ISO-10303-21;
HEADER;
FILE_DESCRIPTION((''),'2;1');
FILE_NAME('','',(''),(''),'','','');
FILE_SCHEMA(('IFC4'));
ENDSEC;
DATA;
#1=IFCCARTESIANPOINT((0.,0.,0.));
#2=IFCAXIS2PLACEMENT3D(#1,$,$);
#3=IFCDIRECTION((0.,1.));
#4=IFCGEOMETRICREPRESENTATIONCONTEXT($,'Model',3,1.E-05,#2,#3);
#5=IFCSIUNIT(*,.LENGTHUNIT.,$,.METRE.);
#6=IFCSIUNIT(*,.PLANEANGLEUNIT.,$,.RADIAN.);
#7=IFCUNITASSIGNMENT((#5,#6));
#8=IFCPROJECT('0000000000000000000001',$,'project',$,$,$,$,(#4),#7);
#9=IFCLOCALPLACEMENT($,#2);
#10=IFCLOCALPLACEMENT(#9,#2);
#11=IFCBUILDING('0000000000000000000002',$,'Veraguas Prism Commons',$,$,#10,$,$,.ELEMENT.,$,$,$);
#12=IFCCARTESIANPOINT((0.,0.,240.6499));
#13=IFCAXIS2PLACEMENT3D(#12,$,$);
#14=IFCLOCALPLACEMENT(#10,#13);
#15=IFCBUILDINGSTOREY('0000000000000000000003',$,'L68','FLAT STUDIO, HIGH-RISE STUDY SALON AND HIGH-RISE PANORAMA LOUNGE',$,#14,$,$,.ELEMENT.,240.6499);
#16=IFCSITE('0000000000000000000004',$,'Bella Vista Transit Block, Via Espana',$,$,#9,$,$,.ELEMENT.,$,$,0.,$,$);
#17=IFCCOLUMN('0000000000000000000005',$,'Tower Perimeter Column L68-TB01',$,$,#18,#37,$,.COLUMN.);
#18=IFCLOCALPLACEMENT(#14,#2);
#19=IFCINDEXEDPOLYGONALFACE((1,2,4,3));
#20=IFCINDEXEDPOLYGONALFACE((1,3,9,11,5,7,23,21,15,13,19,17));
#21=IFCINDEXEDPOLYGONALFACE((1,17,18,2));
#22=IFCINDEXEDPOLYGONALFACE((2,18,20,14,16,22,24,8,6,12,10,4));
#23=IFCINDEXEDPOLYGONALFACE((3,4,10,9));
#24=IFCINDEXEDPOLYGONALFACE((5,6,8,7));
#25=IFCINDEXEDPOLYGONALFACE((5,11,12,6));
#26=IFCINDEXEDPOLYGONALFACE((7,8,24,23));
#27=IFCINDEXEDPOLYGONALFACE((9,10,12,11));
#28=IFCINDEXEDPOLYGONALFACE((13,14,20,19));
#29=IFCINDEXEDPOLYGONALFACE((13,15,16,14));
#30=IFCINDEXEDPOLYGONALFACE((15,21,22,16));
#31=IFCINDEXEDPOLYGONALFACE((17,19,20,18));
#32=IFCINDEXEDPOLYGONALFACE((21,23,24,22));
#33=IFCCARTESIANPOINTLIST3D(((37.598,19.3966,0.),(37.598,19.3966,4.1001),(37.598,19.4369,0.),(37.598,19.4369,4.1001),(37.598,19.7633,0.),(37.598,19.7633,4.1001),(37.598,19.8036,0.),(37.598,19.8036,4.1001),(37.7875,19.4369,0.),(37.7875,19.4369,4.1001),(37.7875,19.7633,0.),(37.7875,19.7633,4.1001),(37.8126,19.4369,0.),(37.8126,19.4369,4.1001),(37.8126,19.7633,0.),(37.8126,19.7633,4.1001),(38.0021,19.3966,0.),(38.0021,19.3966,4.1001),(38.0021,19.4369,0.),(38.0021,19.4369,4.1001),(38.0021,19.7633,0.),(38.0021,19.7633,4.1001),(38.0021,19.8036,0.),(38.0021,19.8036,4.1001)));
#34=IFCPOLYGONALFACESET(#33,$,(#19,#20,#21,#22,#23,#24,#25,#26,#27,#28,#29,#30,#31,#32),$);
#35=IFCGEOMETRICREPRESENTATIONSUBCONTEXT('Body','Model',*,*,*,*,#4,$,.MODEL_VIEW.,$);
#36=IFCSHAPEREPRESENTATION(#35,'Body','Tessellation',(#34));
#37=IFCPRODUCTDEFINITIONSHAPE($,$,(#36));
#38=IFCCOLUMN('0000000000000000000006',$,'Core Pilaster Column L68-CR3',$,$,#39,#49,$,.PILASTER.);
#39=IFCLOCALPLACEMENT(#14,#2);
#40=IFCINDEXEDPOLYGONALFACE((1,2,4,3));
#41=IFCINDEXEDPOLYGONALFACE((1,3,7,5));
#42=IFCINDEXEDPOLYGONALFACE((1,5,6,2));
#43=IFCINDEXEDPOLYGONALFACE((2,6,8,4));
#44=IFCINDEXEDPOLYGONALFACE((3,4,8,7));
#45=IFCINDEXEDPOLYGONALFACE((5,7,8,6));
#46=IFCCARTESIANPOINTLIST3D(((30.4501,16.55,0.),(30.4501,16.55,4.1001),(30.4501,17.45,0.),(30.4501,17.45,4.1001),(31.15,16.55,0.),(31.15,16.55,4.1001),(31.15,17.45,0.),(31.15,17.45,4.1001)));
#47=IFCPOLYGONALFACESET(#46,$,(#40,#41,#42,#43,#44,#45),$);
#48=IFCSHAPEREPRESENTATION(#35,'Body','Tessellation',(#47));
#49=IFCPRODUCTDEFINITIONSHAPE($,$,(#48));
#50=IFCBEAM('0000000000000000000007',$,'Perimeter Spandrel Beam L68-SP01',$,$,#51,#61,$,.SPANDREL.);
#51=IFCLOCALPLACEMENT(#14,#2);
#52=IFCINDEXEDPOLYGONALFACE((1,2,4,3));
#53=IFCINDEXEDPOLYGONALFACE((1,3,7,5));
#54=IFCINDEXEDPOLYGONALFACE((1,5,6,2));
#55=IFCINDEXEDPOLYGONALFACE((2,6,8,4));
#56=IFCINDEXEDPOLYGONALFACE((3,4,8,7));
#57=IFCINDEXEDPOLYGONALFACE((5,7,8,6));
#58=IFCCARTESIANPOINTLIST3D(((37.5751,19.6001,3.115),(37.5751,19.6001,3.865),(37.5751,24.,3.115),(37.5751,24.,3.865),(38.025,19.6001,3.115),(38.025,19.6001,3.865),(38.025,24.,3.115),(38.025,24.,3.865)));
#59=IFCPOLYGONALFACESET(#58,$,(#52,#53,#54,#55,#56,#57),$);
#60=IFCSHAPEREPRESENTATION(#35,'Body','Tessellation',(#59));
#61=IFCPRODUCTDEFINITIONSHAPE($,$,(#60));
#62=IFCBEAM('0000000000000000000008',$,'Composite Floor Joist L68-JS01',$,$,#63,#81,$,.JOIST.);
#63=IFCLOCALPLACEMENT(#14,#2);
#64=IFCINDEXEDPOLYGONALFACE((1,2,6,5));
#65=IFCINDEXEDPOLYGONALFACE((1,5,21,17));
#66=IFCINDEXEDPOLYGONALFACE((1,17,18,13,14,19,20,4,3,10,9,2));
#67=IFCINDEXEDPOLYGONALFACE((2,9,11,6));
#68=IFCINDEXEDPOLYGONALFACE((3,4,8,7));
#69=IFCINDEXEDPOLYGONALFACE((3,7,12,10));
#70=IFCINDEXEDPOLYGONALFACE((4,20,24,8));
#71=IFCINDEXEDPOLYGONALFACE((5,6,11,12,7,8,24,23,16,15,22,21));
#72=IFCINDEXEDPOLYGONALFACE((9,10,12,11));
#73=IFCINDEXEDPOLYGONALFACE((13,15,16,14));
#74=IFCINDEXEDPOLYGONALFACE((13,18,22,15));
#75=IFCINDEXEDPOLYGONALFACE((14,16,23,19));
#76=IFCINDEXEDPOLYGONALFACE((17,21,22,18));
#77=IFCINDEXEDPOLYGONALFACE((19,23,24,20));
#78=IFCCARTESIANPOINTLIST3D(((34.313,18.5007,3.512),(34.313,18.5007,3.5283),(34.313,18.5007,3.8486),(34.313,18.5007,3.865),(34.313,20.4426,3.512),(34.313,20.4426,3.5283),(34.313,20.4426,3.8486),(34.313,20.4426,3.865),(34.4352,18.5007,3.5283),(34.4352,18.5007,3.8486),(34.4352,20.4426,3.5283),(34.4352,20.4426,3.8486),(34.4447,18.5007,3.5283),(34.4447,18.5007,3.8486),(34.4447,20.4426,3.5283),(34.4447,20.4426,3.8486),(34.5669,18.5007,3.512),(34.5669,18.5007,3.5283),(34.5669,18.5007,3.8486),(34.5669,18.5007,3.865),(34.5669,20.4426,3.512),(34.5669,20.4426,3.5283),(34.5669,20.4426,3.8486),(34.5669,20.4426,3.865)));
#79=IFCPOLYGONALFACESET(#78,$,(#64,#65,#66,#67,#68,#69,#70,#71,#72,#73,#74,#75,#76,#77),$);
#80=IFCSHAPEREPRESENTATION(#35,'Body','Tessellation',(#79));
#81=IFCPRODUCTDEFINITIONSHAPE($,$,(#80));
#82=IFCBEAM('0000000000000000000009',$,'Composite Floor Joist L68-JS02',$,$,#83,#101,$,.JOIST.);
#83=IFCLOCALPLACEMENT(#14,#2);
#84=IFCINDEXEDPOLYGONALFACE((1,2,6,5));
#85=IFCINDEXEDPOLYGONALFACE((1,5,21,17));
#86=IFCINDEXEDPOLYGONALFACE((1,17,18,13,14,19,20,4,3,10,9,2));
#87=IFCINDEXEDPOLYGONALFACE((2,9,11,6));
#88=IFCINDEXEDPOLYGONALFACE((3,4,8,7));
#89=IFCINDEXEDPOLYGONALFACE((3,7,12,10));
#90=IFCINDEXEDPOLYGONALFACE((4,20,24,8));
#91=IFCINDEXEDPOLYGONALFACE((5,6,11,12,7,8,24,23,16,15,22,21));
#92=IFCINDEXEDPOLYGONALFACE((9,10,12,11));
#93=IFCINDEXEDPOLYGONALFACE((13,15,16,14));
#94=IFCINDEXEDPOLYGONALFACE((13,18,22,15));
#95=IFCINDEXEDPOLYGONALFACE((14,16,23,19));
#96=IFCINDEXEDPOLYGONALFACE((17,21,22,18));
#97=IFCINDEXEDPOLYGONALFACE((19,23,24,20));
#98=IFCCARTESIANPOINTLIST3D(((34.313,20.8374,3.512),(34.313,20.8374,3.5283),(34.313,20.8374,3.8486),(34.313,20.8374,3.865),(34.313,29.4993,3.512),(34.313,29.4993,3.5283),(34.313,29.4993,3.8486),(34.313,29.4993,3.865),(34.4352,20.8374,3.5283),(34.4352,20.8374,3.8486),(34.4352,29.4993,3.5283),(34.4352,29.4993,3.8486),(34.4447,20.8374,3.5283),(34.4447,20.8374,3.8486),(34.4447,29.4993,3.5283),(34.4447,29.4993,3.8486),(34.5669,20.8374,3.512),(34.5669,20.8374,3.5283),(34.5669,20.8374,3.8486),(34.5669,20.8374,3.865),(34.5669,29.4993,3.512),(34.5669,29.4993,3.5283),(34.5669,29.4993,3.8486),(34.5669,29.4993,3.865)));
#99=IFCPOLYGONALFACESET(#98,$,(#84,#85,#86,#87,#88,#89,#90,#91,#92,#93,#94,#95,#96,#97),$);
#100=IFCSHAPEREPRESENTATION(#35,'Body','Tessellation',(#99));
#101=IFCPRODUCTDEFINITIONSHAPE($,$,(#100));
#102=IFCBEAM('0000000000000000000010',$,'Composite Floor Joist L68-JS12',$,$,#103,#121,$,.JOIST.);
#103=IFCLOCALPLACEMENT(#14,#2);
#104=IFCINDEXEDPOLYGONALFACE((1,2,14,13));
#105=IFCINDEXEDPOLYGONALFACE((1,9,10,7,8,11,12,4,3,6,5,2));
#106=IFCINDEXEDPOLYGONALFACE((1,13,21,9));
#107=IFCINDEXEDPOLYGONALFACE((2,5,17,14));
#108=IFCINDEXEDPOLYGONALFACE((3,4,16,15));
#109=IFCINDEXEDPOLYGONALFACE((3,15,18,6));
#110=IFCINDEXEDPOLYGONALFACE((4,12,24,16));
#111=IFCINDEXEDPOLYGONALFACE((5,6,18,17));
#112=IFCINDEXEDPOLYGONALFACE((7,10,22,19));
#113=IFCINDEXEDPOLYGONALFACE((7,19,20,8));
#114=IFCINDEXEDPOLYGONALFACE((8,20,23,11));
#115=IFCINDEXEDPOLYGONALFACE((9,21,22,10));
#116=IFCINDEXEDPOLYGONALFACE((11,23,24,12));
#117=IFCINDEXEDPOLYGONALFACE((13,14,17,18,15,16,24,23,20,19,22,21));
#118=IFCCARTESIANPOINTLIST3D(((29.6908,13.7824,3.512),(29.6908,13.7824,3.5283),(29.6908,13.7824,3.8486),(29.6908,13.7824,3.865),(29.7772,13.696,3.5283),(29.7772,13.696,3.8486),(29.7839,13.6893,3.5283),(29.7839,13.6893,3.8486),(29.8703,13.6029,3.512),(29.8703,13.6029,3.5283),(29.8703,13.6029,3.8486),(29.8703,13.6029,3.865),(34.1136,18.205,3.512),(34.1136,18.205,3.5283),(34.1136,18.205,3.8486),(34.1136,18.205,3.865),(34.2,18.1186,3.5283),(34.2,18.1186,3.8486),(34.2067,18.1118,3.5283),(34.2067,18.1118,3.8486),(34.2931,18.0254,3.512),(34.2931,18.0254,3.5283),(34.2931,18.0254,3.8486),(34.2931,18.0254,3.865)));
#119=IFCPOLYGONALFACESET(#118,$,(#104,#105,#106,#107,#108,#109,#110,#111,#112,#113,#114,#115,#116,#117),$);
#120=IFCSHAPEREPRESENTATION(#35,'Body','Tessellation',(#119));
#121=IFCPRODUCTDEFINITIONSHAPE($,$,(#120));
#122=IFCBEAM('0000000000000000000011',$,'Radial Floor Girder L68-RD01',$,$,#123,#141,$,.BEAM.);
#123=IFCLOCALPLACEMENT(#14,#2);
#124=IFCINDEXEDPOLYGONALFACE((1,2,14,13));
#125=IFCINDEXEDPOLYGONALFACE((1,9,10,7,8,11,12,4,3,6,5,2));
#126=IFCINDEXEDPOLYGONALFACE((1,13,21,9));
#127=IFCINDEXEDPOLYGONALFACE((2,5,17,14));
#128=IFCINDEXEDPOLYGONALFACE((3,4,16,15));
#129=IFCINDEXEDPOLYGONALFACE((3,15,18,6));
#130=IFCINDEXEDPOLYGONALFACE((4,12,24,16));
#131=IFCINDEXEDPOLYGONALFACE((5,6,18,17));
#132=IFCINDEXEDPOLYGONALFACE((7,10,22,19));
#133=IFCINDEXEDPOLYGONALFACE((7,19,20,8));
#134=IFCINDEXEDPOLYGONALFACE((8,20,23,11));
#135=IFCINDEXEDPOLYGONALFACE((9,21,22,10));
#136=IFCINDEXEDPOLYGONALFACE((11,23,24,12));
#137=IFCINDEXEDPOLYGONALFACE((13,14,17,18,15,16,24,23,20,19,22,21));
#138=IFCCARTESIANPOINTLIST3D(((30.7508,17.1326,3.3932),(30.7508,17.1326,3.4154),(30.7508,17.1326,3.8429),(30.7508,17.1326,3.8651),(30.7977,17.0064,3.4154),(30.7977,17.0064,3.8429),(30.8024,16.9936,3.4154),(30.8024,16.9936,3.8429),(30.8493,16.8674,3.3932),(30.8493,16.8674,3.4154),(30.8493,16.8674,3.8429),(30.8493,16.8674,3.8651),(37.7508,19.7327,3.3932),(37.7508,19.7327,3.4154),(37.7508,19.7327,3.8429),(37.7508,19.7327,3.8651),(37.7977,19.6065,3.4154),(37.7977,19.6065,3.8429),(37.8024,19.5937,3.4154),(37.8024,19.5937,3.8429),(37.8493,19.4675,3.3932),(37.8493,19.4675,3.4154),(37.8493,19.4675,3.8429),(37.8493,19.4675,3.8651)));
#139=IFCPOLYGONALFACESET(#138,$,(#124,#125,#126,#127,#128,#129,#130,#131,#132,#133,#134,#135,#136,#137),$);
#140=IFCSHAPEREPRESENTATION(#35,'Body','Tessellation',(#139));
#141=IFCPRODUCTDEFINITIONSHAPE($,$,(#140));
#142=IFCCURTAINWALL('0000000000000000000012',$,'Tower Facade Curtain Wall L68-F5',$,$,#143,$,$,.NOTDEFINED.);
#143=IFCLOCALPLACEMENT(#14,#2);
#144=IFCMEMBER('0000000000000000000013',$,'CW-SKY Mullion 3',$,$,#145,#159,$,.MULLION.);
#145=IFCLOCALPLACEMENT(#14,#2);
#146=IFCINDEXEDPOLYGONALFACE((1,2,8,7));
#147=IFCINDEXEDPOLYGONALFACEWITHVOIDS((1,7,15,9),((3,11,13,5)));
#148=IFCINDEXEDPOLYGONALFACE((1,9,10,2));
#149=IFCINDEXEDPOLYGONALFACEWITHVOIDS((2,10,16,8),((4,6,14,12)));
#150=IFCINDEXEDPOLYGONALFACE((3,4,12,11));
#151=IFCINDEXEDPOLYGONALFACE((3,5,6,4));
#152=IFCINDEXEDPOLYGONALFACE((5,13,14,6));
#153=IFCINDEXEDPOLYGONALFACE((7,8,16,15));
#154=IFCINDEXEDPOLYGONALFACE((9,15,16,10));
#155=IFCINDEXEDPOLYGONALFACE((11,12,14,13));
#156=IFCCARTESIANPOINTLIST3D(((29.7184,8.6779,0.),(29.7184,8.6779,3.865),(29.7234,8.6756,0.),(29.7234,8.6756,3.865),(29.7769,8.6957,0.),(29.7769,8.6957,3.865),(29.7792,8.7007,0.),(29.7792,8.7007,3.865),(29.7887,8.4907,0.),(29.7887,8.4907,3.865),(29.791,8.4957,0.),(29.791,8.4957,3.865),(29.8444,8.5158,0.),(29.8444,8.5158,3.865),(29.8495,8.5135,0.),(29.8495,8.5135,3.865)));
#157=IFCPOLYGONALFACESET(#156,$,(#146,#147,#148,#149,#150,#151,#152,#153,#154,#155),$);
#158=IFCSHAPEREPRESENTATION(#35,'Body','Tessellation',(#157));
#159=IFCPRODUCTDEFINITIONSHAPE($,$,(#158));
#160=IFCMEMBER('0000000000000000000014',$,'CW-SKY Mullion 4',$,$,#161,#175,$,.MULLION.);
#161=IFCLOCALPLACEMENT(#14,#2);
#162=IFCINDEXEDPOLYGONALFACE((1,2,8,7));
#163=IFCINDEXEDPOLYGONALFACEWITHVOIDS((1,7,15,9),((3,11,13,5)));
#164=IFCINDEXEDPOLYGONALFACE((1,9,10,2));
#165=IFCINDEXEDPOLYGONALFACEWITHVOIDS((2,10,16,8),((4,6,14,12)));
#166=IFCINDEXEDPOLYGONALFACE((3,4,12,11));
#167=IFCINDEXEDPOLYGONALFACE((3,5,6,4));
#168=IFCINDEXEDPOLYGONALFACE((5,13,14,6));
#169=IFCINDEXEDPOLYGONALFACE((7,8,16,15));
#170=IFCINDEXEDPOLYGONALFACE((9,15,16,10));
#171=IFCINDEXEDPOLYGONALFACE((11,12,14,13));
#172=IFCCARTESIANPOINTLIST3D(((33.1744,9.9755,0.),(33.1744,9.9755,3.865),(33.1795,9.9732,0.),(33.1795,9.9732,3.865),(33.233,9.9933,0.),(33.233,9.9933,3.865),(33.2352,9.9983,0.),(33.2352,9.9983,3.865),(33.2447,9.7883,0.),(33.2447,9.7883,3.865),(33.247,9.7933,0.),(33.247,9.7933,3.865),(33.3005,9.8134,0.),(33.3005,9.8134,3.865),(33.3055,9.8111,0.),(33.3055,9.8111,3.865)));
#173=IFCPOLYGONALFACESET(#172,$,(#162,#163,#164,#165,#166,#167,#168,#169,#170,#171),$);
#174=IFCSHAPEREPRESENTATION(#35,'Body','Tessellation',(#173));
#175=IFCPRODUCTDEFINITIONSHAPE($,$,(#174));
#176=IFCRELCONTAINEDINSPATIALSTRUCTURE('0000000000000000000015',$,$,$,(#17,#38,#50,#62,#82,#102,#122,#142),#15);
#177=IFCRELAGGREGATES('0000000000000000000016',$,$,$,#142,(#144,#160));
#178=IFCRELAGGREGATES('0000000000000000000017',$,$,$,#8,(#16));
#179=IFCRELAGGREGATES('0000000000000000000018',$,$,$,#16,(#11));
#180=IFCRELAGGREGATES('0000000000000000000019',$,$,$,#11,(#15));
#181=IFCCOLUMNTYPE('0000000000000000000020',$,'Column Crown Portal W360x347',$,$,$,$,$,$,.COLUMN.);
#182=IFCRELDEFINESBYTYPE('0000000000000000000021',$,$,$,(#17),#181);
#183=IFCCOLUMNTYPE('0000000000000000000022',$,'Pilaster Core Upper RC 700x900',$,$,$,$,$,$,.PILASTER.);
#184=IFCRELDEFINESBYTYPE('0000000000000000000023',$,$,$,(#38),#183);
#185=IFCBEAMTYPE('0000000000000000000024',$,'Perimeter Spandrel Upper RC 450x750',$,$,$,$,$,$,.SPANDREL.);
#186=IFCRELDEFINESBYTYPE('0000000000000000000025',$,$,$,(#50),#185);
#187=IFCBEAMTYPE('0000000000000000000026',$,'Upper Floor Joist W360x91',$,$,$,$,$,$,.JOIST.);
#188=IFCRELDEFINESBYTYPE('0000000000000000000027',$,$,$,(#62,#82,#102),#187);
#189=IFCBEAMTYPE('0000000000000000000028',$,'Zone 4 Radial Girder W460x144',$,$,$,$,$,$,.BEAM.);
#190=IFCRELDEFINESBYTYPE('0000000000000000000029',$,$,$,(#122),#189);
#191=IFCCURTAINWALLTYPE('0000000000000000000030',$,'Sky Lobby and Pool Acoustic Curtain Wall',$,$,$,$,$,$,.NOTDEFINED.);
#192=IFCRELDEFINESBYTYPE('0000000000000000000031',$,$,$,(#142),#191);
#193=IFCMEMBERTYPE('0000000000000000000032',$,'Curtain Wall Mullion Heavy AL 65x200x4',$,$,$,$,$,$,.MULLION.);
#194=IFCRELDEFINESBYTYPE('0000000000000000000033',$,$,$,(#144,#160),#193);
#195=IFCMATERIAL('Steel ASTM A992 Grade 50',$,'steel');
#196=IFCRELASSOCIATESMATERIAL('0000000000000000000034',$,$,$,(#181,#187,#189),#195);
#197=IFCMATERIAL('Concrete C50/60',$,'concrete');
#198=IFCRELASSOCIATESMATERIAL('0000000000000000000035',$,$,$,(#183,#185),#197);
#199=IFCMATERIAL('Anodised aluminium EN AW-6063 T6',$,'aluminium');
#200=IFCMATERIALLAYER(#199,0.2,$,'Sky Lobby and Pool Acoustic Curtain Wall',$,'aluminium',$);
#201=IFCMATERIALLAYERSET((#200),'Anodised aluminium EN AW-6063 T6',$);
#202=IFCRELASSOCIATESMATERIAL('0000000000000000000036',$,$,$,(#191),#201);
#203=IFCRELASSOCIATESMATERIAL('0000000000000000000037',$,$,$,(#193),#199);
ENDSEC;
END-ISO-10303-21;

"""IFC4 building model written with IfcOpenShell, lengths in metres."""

from ifc_helpers import new_model, si_unit, direction, frame, origin, origin_2d, place, context, subcontext, project, spatial, rectangle, hollow_rectangle, i_section, extrude, source, transform, mapped, material, layer, layer_set, material_profile, profile_set, type_object, element, aggregate, save


model = new_model("IFC4")

# Units and contexts
model_context = context("Model", 3, precision=1e-05, world=origin(), true_north=direction((0.0, 1.0)))
body_context = subcontext(model_context, "Body", "Model", "MODEL_VIEW")
ifc_project = project(units=[si_unit("LENGTHUNIT", "METRE"), si_unit("PLANEANGLEUNIT", "RADIAN")], contexts=[model_context])

# Site, building, storey
site_placement = place(None, origin())
site = spatial("IfcSite", under=ifc_project, at=site_placement, Name="Bella Vista Transit Block, Via Espana", CompositionType="ELEMENT", RefElevation=0.0)
building_placement = place(site_placement, origin())
building = spatial("IfcBuilding", under=site, at=building_placement, Name="Veraguas Prism Commons", CompositionType="ELEMENT")
storey_placement = place(building_placement, frame((0.0, 0.0, 240.6499)))
storey = spatial("IfcBuildingStorey", under=building, at=storey_placement, Name="L68", Description="FLAT STUDIO, HIGH-RISE STUDY SALON AND HIGH-RISE PANORAMA LOUNGE", CompositionType="ELEMENT", Elevation=240.6499)

# Columns
ifc_material_1 = material(Name="Steel ASTM A992 Grade 50", Category="steel")
ifc_material_profile_1 = material_profile(ifc_material_1, i_section(OverallWidth=0.4041, OverallDepth=0.407, WebThickness=0.0251, FlangeThickness=0.0403, at=origin_2d()), Name="W360X347")
ifc_profile_set_1 = profile_set([ifc_material_profile_1], Name="Steel ASTM A992 Grade 50")
column_type_1 = type_object("IfcColumnType", Name="Column Crown Portal W360x347", PredefinedType="COLUMN", material=ifc_profile_set_1)
column_1_placement = place(storey_placement, frame((37.8, 19.6001, 0.0), z_axis=(0.0, 0.0, 1.0), x_axis=(1.0, 0.0, 0.0)))
element("IfcColumn", 1, at=column_1_placement, inside=storey, type_object=column_type_1, Name="Tower Perimeter Column L68-TB01", PredefinedType="COLUMN", context=body_context, shape_type="SweptSolid", body=[
    extrude(i_section(OverallWidth=0.4041, OverallDepth=0.407, WebThickness=0.0251, FlangeThickness=0.0403, at=origin_2d()), origin(), (0.0, 0.0, 1.0), 4.1001),
])
ifc_material_2 = material(Name="Concrete C50/60", Category="concrete")
ifc_material_profile_2 = material_profile(ifc_material_2, rectangle(XDim=0.7, YDim=0.8999, at=origin_2d()), Name="RC700X900")
ifc_profile_set_2 = profile_set([ifc_material_profile_2], Name="Concrete C50/60")
column_type_2 = type_object("IfcColumnType", Name="Pilaster Core Upper RC 700x900", PredefinedType="PILASTER", material=ifc_profile_set_2)
column_2_placement = place(storey_placement, frame((30.8, 17.0, 0.0), z_axis=(0.0, 0.0, 1.0), x_axis=(1.0, 0.0, 0.0)))
element("IfcColumn", 2, at=column_2_placement, inside=storey, type_object=column_type_2, Name="Core Pilaster Column L68-CR3", PredefinedType="PILASTER", context=body_context, shape_type="SweptSolid", body=[
    extrude(rectangle(XDim=0.7, YDim=0.8999, at=origin_2d()), origin(), (0.0, 0.0, 1.0), 4.1001),
])

# Beams
ifc_material_profile_3 = material_profile(ifc_material_2, rectangle(XDim=0.45, YDim=0.75, at=origin_2d()), Name="RC450X750")
ifc_profile_set_3 = profile_set([ifc_material_profile_3], Name="Concrete C50/60")
beam_type_1 = type_object("IfcBeamType", Name="Perimeter Spandrel Upper RC 450x750", PredefinedType="SPANDREL", material=ifc_profile_set_3)
beam_1_placement = place(storey_placement, frame((37.8, 19.6001, 3.49), z_axis=(0.0, 1.0, 0.0), x_axis=(-1.0, 0.0, 0.0)))
element("IfcBeam", 3, at=beam_1_placement, inside=storey, type_object=beam_type_1, Name="Perimeter Spandrel Beam L68-SP01", PredefinedType="SPANDREL", context=body_context, shape_type="SweptSolid", body=[
    extrude(rectangle(XDim=0.45, YDim=0.75, at=origin_2d()), origin(), (0.0, 0.0, 1.0), 4.3999),
])
ifc_material_profile_4 = material_profile(ifc_material_1, i_section(OverallWidth=0.2539, OverallDepth=0.353, WebThickness=0.0095, FlangeThickness=0.0164, at=origin_2d()), Name="W360X91")
ifc_profile_set_4 = profile_set([ifc_material_profile_4], Name="Steel ASTM A992 Grade 50")
beam_type_2 = type_object("IfcBeamType", Name="Upper Floor Joist W360x91", PredefinedType="JOIST", material=ifc_profile_set_4)
beam_2_placement = place(storey_placement, frame((34.4399, 18.5007, 3.6885), z_axis=(0.0, 1.0, 0.0), x_axis=(-1.0, 0.0, 0.0)))
element("IfcBeam", 4, at=beam_2_placement, inside=storey, type_object=beam_type_2, Name="Composite Floor Joist L68-JS01", PredefinedType="JOIST", context=body_context, shape_type="SweptSolid", body=[
    extrude(i_section(OverallWidth=0.2539, OverallDepth=0.353, WebThickness=0.0095, FlangeThickness=0.0164, at=origin_2d()), origin(), (0.0, 0.0, 1.0), 1.9419),
])
beam_3_placement = place(storey_placement, frame((34.4399, 20.8374, 3.6885), z_axis=(0.0, 1.0, 0.0), x_axis=(-1.0, 0.0, 0.0)))
element("IfcBeam", 5, at=beam_3_placement, inside=storey, type_object=beam_type_2, Name="Composite Floor Joist L68-JS02", PredefinedType="JOIST", context=body_context, shape_type="SweptSolid", body=[
    extrude(i_section(OverallWidth=0.2539, OverallDepth=0.353, WebThickness=0.0095, FlangeThickness=0.0164, at=origin_2d()), origin(), (0.0, 0.0, 1.0), 8.6619),
])
beam_4_placement = place(storey_placement, frame((29.7805, 13.6926, 3.6885), z_axis=(0.707126, 0.707087, 0.0), x_axis=(-0.707087, 0.707126, 0.0)))
element("IfcBeam", 6, at=beam_4_placement, inside=storey, type_object=beam_type_2, Name="Composite Floor Joist L68-JS12", PredefinedType="JOIST", context=body_context, shape_type="SweptSolid", body=[
    extrude(i_section(OverallWidth=0.2539, OverallDepth=0.353, WebThickness=0.0095, FlangeThickness=0.0164, at=origin_2d()), origin(), (0.0, 0.0, 1.0), 6.2546),
])
ifc_material_profile_5 = material_profile(ifc_material_1, i_section(OverallWidth=0.283, OverallDepth=0.4719, WebThickness=0.0137, FlangeThickness=0.0222, at=origin_2d()), Name="W460X144")
ifc_profile_set_5 = profile_set([ifc_material_profile_5], Name="Steel ASTM A992 Grade 50")
beam_type_3 = type_object("IfcBeamType", Name="Zone 4 Radial Girder W460x144", PredefinedType="BEAM", material=ifc_profile_set_5)
beam_5_placement = place(storey_placement, frame((37.8, 19.6001, 3.6292), z_axis=(-0.937421, -0.348198, 0.0), x_axis=(0.348198, -0.937421, 0.0)))
element("IfcBeam", 7, at=beam_5_placement, inside=storey, type_object=beam_type_3, Name="Radial Floor Girder L68-RD01", PredefinedType="BEAM", context=body_context, shape_type="SweptSolid", body=[
    extrude(i_section(OverallWidth=0.283, OverallDepth=0.4719, WebThickness=0.0137, FlangeThickness=0.0222, at=origin_2d()), origin(), (0.0, 0.0, 1.0), 7.4673),
])

# Curtain wall, members
ifc_material_3 = material(Name="Anodised aluminium EN AW-6063 T6", Category="aluminium")
ifc_layer_1 = layer(ifc_material_3, 0.2, Name="Sky Lobby and Pool Acoustic Curtain Wall", Category="aluminium")
ifc_layer_set_1 = layer_set([ifc_layer_1], Name="Anodised aluminium EN AW-6063 T6")
curtain_wall_type = type_object("IfcCurtainWallType", Name="Sky Lobby and Pool Acoustic Curtain Wall", PredefinedType="NOTDEFINED", material=ifc_layer_set_1)
curtain_wall_1_placement = place(storey_placement, origin())
curtain_wall_1 = element("IfcCurtainWall", 8, at=curtain_wall_1_placement, inside=storey, type_object=curtain_wall_type, Name="Tower Facade Curtain Wall L68-F5", PredefinedType="NOTDEFINED")
ifc_material_profile_6 = material_profile(ifc_material_3, hollow_rectangle(XDim=0.0649, YDim=0.2, WallThickness=0.0039, at=origin_2d()), Name="AL65X200X4")
ifc_profile_set_6 = profile_set([ifc_material_profile_6], Name="Anodised aluminium EN AW-6063 T6")
member_type_1 = type_object("IfcMemberType", Name="Curtain Wall Mullion Heavy AL 65x200x4", PredefinedType="MULLION", material=ifc_profile_set_6)
shared_shape_1 = source(origin(), body_context, "Body", "SweptSolid", [
    extrude(hollow_rectangle(XDim=0.0649, YDim=0.2, WallThickness=0.0039, at=origin_2d()), origin(), (0.0, 0.0, 1.0), 3.865),
])
member_1_placement = place(storey_placement, frame((29.7839, 8.5957, 0.0), z_axis=(0.0, 0.0, 1.0), x_axis=(0.936182, 0.351515, 0.0)))
member_1 = element("IfcMember", 9, at=member_1_placement, type_object=member_type_1, Name="CW-SKY Mullion 3", PredefinedType="MULLION", context=body_context, shape_type="MappedRepresentation", body=[
    mapped(shared_shape_1, transform((0.0, 0.0, 0.0), scale=1.0)),
])
member_2_placement = place(storey_placement, frame((33.24, 9.8933, 0.0), z_axis=(0.0, 0.0, 1.0), x_axis=(0.936182, 0.351515, 0.0)))
member_2 = element("IfcMember", 10, at=member_2_placement, type_object=member_type_1, Name="CW-SKY Mullion 4", PredefinedType="MULLION", context=body_context, shape_type="MappedRepresentation", body=[
    mapped(shared_shape_1, transform((0.0, 0.0, 0.0), scale=1.0)),
])

aggregate(curtain_wall_1, [member_1, member_2])

save(model, "model.ifc")
